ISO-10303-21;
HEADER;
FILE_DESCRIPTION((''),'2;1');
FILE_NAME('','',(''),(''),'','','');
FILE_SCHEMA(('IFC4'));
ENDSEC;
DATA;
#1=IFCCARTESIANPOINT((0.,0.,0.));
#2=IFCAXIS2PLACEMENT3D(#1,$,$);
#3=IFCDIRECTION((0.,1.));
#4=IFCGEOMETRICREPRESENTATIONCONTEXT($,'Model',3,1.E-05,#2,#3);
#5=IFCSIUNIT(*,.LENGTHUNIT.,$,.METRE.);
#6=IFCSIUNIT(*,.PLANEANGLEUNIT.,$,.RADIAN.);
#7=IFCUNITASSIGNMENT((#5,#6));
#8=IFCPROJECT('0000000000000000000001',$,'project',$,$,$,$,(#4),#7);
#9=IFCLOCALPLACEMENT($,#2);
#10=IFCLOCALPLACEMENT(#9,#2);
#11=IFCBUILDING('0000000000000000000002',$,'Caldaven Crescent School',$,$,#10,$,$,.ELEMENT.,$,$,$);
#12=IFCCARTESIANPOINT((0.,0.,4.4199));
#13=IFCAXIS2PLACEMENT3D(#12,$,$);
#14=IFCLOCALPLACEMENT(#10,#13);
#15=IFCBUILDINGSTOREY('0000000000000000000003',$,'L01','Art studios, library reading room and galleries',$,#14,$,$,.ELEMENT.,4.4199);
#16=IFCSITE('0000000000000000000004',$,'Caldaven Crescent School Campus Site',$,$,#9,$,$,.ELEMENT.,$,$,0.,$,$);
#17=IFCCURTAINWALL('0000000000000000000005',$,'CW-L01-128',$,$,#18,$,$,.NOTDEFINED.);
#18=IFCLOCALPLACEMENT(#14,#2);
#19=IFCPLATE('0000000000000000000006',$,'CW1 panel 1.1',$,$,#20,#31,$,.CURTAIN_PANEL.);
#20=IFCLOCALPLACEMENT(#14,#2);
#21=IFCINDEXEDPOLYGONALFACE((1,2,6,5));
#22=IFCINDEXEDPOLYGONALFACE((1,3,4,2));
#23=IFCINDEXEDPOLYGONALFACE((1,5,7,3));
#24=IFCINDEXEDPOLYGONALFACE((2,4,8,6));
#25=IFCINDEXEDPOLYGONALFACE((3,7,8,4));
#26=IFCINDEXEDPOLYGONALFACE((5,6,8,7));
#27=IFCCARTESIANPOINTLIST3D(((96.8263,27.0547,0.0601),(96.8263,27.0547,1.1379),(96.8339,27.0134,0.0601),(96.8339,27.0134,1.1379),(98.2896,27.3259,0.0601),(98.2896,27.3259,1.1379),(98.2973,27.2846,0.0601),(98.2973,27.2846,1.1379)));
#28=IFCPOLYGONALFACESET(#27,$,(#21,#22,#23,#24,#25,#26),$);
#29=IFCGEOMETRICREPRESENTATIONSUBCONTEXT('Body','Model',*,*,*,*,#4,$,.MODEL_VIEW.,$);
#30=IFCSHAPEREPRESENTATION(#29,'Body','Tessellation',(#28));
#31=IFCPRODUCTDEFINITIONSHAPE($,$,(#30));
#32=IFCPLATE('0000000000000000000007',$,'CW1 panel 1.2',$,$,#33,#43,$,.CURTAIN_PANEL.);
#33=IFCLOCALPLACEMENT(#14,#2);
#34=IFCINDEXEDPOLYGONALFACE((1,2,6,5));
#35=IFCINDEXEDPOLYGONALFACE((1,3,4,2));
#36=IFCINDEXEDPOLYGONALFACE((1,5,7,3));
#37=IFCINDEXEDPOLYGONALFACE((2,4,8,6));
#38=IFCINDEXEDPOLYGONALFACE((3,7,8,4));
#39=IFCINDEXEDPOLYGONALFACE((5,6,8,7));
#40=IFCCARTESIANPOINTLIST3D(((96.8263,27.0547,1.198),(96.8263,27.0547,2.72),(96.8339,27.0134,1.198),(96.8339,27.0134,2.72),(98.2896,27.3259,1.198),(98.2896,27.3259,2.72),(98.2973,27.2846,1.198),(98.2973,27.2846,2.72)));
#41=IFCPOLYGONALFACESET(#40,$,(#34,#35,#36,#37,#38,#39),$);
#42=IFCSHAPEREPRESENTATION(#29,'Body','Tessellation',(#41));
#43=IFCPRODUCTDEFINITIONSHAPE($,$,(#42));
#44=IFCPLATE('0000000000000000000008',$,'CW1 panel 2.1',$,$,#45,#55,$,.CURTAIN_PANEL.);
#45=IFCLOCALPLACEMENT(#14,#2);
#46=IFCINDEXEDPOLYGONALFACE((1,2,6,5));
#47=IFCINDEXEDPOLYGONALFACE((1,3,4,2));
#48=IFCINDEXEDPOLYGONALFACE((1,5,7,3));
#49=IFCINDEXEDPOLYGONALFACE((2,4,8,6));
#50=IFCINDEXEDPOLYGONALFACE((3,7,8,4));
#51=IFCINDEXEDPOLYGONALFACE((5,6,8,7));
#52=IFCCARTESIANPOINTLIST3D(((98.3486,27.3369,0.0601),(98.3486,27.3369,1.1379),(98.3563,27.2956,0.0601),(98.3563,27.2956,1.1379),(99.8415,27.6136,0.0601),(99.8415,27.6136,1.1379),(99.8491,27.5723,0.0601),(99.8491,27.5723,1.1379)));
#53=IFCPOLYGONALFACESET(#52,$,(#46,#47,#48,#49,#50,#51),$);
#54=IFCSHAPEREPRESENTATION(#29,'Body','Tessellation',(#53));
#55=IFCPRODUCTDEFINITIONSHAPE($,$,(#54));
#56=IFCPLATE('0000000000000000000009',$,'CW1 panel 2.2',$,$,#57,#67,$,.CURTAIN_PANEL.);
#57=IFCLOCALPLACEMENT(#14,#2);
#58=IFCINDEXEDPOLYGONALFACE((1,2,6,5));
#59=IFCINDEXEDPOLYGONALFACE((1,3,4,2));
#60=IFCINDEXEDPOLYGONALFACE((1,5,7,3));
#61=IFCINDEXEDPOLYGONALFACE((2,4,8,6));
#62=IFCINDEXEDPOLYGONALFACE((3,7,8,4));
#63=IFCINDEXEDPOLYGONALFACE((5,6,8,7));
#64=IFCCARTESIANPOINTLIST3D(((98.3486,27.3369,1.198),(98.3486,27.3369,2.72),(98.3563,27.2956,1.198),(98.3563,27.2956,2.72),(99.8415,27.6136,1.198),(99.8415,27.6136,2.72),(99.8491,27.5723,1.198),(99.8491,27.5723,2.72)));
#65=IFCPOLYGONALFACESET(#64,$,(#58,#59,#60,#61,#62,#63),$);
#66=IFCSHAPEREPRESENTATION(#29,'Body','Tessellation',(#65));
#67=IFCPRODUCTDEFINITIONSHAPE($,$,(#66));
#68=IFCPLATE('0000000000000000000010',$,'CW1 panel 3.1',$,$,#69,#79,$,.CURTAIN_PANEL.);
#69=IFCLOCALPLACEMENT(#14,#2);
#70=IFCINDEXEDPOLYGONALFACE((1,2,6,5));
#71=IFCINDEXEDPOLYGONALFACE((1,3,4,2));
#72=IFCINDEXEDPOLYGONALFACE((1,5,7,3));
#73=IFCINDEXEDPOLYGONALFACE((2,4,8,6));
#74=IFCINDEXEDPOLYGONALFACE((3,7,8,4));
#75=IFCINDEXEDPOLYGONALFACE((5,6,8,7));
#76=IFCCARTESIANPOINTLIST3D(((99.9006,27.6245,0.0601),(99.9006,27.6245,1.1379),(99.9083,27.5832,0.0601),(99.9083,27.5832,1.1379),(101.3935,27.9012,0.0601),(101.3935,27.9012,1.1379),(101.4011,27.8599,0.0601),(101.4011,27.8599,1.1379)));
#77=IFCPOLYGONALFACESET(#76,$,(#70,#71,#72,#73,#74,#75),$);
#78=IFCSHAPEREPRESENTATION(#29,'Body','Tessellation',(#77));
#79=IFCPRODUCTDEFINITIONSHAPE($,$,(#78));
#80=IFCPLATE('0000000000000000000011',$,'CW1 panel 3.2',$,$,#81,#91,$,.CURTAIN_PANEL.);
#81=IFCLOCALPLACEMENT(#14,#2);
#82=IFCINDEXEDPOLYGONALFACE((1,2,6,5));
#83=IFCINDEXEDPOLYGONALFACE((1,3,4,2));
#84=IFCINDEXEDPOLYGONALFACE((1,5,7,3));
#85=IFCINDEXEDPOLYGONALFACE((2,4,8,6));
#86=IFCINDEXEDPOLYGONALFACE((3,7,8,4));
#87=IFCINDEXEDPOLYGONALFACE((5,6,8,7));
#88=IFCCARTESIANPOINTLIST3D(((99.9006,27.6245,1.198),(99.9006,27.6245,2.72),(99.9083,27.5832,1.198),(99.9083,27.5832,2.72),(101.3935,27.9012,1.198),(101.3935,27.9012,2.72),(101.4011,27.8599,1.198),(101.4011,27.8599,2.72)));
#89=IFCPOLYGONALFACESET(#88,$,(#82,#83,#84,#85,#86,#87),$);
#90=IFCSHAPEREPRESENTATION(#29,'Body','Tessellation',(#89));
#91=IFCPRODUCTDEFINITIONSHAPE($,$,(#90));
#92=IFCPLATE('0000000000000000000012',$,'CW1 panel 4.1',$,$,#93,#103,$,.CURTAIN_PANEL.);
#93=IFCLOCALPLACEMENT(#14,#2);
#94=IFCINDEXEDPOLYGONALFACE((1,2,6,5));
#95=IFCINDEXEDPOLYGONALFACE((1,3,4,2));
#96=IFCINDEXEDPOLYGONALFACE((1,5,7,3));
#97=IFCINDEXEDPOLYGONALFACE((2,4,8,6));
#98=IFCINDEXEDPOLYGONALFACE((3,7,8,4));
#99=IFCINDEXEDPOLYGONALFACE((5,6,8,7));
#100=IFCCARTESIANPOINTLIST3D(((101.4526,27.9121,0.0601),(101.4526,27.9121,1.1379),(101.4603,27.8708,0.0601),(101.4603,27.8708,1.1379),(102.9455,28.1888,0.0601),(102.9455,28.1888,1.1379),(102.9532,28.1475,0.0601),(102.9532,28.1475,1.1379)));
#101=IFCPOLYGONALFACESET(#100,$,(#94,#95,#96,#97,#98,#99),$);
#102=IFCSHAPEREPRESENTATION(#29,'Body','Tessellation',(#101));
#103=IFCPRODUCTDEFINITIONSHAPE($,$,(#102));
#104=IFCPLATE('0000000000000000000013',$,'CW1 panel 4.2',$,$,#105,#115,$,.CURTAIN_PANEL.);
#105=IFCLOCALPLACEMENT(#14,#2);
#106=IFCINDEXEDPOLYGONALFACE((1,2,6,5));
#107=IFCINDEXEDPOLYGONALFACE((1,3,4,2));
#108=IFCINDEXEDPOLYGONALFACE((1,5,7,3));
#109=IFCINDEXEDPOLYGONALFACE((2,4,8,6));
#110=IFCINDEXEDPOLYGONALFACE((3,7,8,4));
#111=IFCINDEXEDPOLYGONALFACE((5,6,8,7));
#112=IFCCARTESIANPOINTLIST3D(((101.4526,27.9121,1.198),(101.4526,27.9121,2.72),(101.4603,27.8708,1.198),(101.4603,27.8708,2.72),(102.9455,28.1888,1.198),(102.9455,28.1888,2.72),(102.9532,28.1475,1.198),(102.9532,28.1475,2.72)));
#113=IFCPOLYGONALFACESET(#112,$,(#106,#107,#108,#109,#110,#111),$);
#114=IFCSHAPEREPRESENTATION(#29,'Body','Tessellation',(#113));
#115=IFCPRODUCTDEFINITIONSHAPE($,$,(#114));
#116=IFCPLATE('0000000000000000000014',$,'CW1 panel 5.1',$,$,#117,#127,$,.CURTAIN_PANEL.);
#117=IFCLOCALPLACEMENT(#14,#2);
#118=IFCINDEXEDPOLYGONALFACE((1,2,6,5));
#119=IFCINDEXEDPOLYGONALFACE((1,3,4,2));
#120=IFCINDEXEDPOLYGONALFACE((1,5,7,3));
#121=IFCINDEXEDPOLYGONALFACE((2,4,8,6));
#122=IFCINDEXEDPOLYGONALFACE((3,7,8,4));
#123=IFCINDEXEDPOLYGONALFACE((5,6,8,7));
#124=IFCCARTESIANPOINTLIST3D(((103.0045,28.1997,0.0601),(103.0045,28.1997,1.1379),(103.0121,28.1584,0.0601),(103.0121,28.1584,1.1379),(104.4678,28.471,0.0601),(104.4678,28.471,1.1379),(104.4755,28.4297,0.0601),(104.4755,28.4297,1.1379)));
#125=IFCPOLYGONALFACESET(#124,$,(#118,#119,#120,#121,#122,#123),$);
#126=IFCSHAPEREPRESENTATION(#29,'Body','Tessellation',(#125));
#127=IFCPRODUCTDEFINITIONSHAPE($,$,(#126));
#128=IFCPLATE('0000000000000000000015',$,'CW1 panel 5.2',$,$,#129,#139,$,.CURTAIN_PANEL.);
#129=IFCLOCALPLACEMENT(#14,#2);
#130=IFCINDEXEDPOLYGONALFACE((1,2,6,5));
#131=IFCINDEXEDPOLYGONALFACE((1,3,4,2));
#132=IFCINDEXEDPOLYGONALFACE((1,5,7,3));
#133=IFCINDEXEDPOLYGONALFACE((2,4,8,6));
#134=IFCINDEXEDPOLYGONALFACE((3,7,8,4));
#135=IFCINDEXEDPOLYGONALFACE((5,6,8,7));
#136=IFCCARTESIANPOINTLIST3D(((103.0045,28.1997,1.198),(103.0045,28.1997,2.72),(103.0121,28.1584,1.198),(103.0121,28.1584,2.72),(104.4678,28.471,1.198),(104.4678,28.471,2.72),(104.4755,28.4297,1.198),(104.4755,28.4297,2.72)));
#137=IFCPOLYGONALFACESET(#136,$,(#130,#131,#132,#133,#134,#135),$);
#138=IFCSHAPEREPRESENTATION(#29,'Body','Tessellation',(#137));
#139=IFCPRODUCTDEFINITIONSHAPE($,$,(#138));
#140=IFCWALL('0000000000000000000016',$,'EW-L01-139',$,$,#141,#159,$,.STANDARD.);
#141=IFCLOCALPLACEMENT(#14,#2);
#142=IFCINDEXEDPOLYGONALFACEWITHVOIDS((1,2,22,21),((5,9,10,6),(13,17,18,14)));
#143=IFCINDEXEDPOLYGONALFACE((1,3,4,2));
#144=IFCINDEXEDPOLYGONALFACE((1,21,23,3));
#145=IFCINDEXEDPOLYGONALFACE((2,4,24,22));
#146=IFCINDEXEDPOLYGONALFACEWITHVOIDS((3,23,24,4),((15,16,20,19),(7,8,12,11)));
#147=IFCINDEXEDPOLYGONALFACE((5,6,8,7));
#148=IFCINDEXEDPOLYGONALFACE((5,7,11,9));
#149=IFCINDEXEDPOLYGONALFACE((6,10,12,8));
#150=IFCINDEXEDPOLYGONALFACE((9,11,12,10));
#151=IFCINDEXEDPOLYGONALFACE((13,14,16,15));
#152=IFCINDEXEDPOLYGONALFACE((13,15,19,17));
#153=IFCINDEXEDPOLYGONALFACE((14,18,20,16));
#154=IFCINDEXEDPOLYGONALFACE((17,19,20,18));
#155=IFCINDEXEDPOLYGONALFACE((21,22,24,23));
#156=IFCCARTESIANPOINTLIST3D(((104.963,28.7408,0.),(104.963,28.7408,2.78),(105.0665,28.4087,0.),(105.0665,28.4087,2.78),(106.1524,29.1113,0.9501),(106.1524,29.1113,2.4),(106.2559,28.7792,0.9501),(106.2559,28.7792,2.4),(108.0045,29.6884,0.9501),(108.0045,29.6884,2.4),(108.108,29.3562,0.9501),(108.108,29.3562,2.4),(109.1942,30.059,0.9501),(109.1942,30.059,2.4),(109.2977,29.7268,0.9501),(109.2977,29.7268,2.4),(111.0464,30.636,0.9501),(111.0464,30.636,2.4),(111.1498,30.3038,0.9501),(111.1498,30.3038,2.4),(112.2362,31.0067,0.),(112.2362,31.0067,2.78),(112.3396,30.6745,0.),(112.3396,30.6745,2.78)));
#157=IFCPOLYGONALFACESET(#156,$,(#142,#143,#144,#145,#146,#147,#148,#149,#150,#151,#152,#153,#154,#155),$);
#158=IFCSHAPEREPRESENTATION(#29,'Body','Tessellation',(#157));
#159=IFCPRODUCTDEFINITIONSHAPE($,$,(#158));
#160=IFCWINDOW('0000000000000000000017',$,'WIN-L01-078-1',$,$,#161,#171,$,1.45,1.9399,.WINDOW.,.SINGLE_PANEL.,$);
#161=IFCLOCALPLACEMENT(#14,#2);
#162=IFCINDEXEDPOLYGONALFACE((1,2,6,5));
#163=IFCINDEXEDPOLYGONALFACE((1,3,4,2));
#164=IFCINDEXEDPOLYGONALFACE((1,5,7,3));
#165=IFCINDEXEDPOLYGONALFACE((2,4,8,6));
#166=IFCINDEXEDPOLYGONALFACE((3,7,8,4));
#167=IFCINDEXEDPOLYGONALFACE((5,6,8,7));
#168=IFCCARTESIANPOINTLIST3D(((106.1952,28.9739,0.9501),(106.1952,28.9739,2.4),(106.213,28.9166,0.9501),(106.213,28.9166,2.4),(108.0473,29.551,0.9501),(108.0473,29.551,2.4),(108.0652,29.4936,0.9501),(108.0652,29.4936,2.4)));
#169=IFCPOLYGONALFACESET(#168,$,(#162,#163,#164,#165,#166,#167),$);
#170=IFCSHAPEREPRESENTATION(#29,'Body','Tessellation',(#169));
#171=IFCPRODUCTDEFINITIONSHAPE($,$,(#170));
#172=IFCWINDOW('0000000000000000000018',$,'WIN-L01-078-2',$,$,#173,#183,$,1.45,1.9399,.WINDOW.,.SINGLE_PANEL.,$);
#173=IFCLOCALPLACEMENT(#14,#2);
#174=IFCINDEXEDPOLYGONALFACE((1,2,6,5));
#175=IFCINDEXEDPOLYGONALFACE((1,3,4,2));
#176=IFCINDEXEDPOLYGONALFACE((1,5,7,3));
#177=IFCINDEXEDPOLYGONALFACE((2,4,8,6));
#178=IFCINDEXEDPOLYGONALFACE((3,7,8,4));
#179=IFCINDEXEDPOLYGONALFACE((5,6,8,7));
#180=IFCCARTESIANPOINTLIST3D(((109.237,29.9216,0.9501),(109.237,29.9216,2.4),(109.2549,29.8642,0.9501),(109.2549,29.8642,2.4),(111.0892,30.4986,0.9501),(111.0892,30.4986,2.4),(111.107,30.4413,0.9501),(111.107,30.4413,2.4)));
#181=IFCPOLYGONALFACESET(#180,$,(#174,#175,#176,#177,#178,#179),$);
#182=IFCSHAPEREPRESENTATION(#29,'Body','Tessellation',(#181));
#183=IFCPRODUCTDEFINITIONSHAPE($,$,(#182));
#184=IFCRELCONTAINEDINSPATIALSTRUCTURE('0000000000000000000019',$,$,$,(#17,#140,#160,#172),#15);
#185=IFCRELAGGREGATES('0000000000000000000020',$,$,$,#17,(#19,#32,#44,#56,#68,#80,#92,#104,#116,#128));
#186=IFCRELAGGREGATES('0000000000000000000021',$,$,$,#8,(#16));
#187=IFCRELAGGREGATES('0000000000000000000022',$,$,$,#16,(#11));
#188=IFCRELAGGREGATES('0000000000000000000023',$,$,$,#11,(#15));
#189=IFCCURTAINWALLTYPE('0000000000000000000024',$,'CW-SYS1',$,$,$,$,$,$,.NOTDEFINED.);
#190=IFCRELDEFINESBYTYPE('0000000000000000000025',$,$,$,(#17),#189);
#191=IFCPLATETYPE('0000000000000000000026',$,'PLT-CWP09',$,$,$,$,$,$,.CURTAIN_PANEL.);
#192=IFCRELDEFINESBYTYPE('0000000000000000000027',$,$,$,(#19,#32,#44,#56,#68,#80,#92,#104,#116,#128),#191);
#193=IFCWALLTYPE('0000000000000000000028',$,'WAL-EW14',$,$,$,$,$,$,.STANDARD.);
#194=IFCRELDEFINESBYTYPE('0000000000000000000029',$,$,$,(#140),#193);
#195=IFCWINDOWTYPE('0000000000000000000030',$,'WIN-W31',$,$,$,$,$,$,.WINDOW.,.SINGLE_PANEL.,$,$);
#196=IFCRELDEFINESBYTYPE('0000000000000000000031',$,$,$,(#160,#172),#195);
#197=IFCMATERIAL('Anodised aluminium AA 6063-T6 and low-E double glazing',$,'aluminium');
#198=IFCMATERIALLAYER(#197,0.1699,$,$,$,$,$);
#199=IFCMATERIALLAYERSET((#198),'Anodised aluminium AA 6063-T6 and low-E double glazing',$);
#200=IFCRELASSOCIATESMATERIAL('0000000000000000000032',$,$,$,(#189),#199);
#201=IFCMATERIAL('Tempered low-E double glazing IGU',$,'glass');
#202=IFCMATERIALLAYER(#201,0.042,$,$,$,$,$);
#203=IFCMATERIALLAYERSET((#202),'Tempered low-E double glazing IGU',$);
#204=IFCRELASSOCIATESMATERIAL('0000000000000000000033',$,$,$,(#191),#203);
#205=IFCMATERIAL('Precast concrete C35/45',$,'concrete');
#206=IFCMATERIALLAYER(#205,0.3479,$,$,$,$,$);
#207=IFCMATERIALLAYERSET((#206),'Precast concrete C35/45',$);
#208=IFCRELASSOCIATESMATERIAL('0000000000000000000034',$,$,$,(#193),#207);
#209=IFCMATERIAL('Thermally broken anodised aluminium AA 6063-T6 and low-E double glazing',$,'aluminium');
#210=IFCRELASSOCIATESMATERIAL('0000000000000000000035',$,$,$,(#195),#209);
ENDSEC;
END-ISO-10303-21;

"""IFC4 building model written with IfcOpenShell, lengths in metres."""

from ifc_helpers import new_model, si_unit, direction, frame, frame_2d, origin, origin_2d, place, context, subcontext, project, spatial, rectangle, extrude, material, layer, layer_set, type_object, element, fill, aggregate, save


model = new_model("IFC4")

# Units and contexts
model_context = context("Model", 3, precision=1e-05, world=origin(), true_north=direction((0.0, 1.0)))
body_context = subcontext(model_context, "Body", "Model", "MODEL_VIEW")
ifc_project = project(units=[si_unit("LENGTHUNIT", "METRE"), si_unit("PLANEANGLEUNIT", "RADIAN")], contexts=[model_context])

# Site, building, storey
site_placement = place(None, origin())
site = spatial("IfcSite", under=ifc_project, at=site_placement, Name="Caldaven Crescent School Campus Site", CompositionType="ELEMENT", RefElevation=0.0)
building_placement = place(site_placement, origin())
building = spatial("IfcBuilding", under=site, at=building_placement, Name="Caldaven Crescent School", CompositionType="ELEMENT")
storey_placement = place(building_placement, frame((0.0, 0.0, 4.4199)))
storey = spatial("IfcBuildingStorey", under=building, at=storey_placement, Name="L01", Description="Art studios, library reading room and galleries", CompositionType="ELEMENT", Elevation=4.4199)

# Curtain wall
ifc_material_1 = material(Name="Anodised aluminium AA 6063-T6 and low-E double glazing", Category="aluminium")
ifc_layer_1 = layer(ifc_material_1, 0.1699)
ifc_layer_set_1 = layer_set([ifc_layer_1], Name="Anodised aluminium AA 6063-T6 and low-E double glazing")
curtain_wall_type = type_object("IfcCurtainWallType", Name="CW-SYS1", PredefinedType="NOTDEFINED", material=ifc_layer_set_1)
curtain_wall_placement = place(storey_placement, origin())
curtain_wall = element("IfcCurtainWall", 1, at=curtain_wall_placement, inside=storey, type_object=curtain_wall_type, Name="CW-L01-128", PredefinedType="NOTDEFINED")

# Plates
ifc_material_2 = material(Name="Tempered low-E double glazing IGU", Category="glass")
ifc_layer_2 = layer(ifc_material_2, 0.042)
ifc_layer_set_2 = layer_set([ifc_layer_2], Name="Tempered low-E double glazing IGU")
plate_type = type_object("IfcPlateType", Name="PLT-CWP09", PredefinedType="CURTAIN_PANEL", material=ifc_layer_set_2)
plate_1_placement = place(storey_placement, frame((97.5618, 27.1697, 0.0601), z_axis=(0.0, 0.0, 1.0), x_axis=(0.983255, 0.182235, 0.0)))
plate_1 = element("IfcPlate", 2, at=plate_1_placement, type_object=plate_type, Name="CW1 panel 1.1", PredefinedType="CURTAIN_PANEL", context=body_context, shape_type="SweptSolid", body=[
    extrude(rectangle(XDim=1.4883, YDim=0.042, at=origin_2d()), origin(), (0.0, 0.0, 1.0), 1.0779),
])
plate_2_placement = place(storey_placement, frame((97.5618, 27.1697, 1.198), z_axis=(0.0, 0.0, 1.0), x_axis=(0.983255, 0.182235, 0.0)))
plate_2 = element("IfcPlate", 3, at=plate_2_placement, type_object=plate_type, Name="CW1 panel 1.2", PredefinedType="CURTAIN_PANEL", context=body_context, shape_type="SweptSolid", body=[
    extrude(rectangle(XDim=1.4883, YDim=0.042, at=origin_2d()), origin(), (0.0, 0.0, 1.0), 1.522),
])
plate_3_placement = place(storey_placement, frame((99.0989, 27.4546, 0.0601), z_axis=(0.0, 0.0, 1.0), x_axis=(0.983255, 0.182235, 0.0)))
plate_3 = element("IfcPlate", 4, at=plate_3_placement, type_object=plate_type, Name="CW1 panel 2.1", PredefinedType="CURTAIN_PANEL", context=body_context, shape_type="SweptSolid", body=[
    extrude(rectangle(XDim=1.5183, YDim=0.042, at=origin_2d()), origin(), (0.0, 0.0, 1.0), 1.0779),
])
plate_4_placement = place(storey_placement, frame((99.0989, 27.4546, 1.198), z_axis=(0.0, 0.0, 1.0), x_axis=(0.983255, 0.182235, 0.0)))
plate_4 = element("IfcPlate", 5, at=plate_4_placement, type_object=plate_type, Name="CW1 panel 2.2", PredefinedType="CURTAIN_PANEL", context=body_context, shape_type="SweptSolid", body=[
    extrude(rectangle(XDim=1.5183, YDim=0.042, at=origin_2d()), origin(), (0.0, 0.0, 1.0), 1.522),
])
plate_5_placement = place(storey_placement, frame((100.6509, 27.7422, 0.0601), z_axis=(0.0, 0.0, 1.0), x_axis=(0.983255, 0.182235, 0.0)))
plate_5 = element("IfcPlate", 6, at=plate_5_placement, type_object=plate_type, Name="CW1 panel 3.1", PredefinedType="CURTAIN_PANEL", context=body_context, shape_type="SweptSolid", body=[
    extrude(rectangle(XDim=1.5183, YDim=0.042, at=origin_2d()), origin(), (0.0, 0.0, 1.0), 1.0779),
])
plate_6_placement = place(storey_placement, frame((100.6509, 27.7422, 1.198), z_axis=(0.0, 0.0, 1.0), x_axis=(0.983255, 0.182235, 0.0)))
plate_6 = element("IfcPlate", 7, at=plate_6_placement, type_object=plate_type, Name="CW1 panel 3.2", PredefinedType="CURTAIN_PANEL", context=body_context, shape_type="SweptSolid", body=[
    extrude(rectangle(XDim=1.5183, YDim=0.042, at=origin_2d()), origin(), (0.0, 0.0, 1.0), 1.522),
])
plate_7_placement = place(storey_placement, frame((102.2029, 28.0298, 0.0601), z_axis=(0.0, 0.0, 1.0), x_axis=(0.983255, 0.182235, 0.0)))
plate_7 = element("IfcPlate", 8, at=plate_7_placement, type_object=plate_type, Name="CW1 panel 4.1", PredefinedType="CURTAIN_PANEL", context=body_context, shape_type="SweptSolid", body=[
    extrude(rectangle(XDim=1.5183, YDim=0.042, at=origin_2d()), origin(), (0.0, 0.0, 1.0), 1.0779),
])
plate_8_placement = place(storey_placement, frame((102.2029, 28.0298, 1.198), z_axis=(0.0, 0.0, 1.0), x_axis=(0.983255, 0.182235, 0.0)))
plate_8 = element("IfcPlate", 9, at=plate_8_placement, type_object=plate_type, Name="CW1 panel 4.2", PredefinedType="CURTAIN_PANEL", context=body_context, shape_type="SweptSolid", body=[
    extrude(rectangle(XDim=1.5183, YDim=0.042, at=origin_2d()), origin(), (0.0, 0.0, 1.0), 1.522),
])
plate_9_placement = place(storey_placement, frame((103.74, 28.3147, 0.0601), z_axis=(0.0, 0.0, 1.0), x_axis=(0.983255, 0.182235, 0.0)))
plate_9 = element("IfcPlate", 10, at=plate_9_placement, type_object=plate_type, Name="CW1 panel 5.1", PredefinedType="CURTAIN_PANEL", context=body_context, shape_type="SweptSolid", body=[
    extrude(rectangle(XDim=1.4883, YDim=0.042, at=origin_2d()), origin(), (0.0, 0.0, 1.0), 1.0779),
])
plate_10_placement = place(storey_placement, frame((103.74, 28.3147, 1.198), z_axis=(0.0, 0.0, 1.0), x_axis=(0.983255, 0.182235, 0.0)))
plate_10 = element("IfcPlate", 11, at=plate_10_placement, type_object=plate_type, Name="CW1 panel 5.2", PredefinedType="CURTAIN_PANEL", context=body_context, shape_type="SweptSolid", body=[
    extrude(rectangle(XDim=1.4883, YDim=0.042, at=origin_2d()), origin(), (0.0, 0.0, 1.0), 1.522),
])
aggregate(curtain_wall, [plate_1, plate_2, plate_3, plate_4, plate_5, plate_6, plate_7, plate_8, plate_9, plate_10])

# Wall, openings, windows
ifc_material_3 = material(Name="Precast concrete C35/45", Category="concrete")
ifc_layer_3 = layer(ifc_material_3, 0.3479)
ifc_layer_set_3 = layer_set([ifc_layer_3], Name="Precast concrete C35/45")
wall_type = type_object("IfcWallType", Name="WAL-EW14", PredefinedType="STANDARD", material=ifc_layer_set_3)
wall_placement = place(storey_placement, frame((105.0146, 28.5747, 0.0), z_axis=(0.0, 0.0, 1.0), x_axis=(0.954741, 0.297437, 0.0)))
wall = element("IfcWall", 12, at=wall_placement, inside=storey, type_object=wall_type, Name="EW-L01-139", PredefinedType="STANDARD", context=body_context, shape_type="SweptSolid", body=[
    extrude(rectangle(XDim=7.6179, YDim=0.3479, at=frame_2d((3.8091, 0.0))), origin(), (0.0, 0.0, 1.0), 2.78),
])
opening_1_placement = place(wall_placement, frame((1.2458, 0.0, 0.95)))
opening_1 = element("IfcOpeningElement", 13, at=opening_1_placement, cuts=wall, PredefinedType="OPENING", context=body_context, shape_type="SweptSolid", body=[
    extrude(rectangle(XDim=1.9399, YDim=1.45, at=frame_2d((0.97, 0.7251))), frame((0.0, 0.1838, 0.0), z_axis=(0.0, -1.0, 0.0), x_axis=(1.0, 0.0, 0.0)), (0.0, 0.0, 1.0), 0.3679),
])
opening_2_placement = place(wall_placement, frame((4.4319, 0.0, 0.95)))
opening_2 = element("IfcOpeningElement", 14, at=opening_2_placement, cuts=wall, PredefinedType="OPENING", context=body_context, shape_type="SweptSolid", body=[
    extrude(rectangle(XDim=1.9399, YDim=1.45, at=frame_2d((0.97, 0.7251))), frame((0.0, 0.1838, 0.0), z_axis=(0.0, -1.0, 0.0), x_axis=(1.0, 0.0, 0.0)), (0.0, 0.0, 1.0), 0.3679),
])
ifc_material_4 = material(Name="Thermally broken anodised aluminium AA 6063-T6 and low-E double glazing", Category="aluminium")
window_type = type_object("IfcWindowType", Name="WIN-W31", PartitioningType="SINGLE_PANEL", PredefinedType="WINDOW", material=ifc_material_4)
window_1_placement = place(opening_1_placement, origin())
window_1 = element("IfcWindow", 15, at=window_1_placement, inside=storey, type_object=window_type, Name="WIN-L01-078-1", OverallHeight=1.45, OverallWidth=1.9399, PartitioningType="SINGLE_PANEL", PredefinedType="WINDOW", context=body_context, shape_type="SweptSolid", body=[
    extrude(rectangle(XDim=1.9399, YDim=1.45, at=frame_2d((0.97, 0.7251))), frame((0.0, 0.03, 0.0), z_axis=(0.0, -1.0, 0.0), x_axis=(1.0, 0.0, 0.0)), (0.0, 0.0, 1.0), 0.0601),
])
fill(opening_1, window_1)
window_2_placement = place(opening_2_placement, origin())
window_2 = element("IfcWindow", 16, at=window_2_placement, inside=storey, type_object=window_type, Name="WIN-L01-078-2", OverallHeight=1.45, OverallWidth=1.9399, PartitioningType="SINGLE_PANEL", PredefinedType="WINDOW", context=body_context, shape_type="SweptSolid", body=[
    extrude(rectangle(XDim=1.9399, YDim=1.45, at=frame_2d((0.97, 0.7251))), frame((0.0, 0.03, 0.0), z_axis=(0.0, -1.0, 0.0), x_axis=(1.0, 0.0, 0.0)), (0.0, 0.0, 1.0), 0.0601),
])
fill(opening_2, window_2)

save(model, "model.ifc")
